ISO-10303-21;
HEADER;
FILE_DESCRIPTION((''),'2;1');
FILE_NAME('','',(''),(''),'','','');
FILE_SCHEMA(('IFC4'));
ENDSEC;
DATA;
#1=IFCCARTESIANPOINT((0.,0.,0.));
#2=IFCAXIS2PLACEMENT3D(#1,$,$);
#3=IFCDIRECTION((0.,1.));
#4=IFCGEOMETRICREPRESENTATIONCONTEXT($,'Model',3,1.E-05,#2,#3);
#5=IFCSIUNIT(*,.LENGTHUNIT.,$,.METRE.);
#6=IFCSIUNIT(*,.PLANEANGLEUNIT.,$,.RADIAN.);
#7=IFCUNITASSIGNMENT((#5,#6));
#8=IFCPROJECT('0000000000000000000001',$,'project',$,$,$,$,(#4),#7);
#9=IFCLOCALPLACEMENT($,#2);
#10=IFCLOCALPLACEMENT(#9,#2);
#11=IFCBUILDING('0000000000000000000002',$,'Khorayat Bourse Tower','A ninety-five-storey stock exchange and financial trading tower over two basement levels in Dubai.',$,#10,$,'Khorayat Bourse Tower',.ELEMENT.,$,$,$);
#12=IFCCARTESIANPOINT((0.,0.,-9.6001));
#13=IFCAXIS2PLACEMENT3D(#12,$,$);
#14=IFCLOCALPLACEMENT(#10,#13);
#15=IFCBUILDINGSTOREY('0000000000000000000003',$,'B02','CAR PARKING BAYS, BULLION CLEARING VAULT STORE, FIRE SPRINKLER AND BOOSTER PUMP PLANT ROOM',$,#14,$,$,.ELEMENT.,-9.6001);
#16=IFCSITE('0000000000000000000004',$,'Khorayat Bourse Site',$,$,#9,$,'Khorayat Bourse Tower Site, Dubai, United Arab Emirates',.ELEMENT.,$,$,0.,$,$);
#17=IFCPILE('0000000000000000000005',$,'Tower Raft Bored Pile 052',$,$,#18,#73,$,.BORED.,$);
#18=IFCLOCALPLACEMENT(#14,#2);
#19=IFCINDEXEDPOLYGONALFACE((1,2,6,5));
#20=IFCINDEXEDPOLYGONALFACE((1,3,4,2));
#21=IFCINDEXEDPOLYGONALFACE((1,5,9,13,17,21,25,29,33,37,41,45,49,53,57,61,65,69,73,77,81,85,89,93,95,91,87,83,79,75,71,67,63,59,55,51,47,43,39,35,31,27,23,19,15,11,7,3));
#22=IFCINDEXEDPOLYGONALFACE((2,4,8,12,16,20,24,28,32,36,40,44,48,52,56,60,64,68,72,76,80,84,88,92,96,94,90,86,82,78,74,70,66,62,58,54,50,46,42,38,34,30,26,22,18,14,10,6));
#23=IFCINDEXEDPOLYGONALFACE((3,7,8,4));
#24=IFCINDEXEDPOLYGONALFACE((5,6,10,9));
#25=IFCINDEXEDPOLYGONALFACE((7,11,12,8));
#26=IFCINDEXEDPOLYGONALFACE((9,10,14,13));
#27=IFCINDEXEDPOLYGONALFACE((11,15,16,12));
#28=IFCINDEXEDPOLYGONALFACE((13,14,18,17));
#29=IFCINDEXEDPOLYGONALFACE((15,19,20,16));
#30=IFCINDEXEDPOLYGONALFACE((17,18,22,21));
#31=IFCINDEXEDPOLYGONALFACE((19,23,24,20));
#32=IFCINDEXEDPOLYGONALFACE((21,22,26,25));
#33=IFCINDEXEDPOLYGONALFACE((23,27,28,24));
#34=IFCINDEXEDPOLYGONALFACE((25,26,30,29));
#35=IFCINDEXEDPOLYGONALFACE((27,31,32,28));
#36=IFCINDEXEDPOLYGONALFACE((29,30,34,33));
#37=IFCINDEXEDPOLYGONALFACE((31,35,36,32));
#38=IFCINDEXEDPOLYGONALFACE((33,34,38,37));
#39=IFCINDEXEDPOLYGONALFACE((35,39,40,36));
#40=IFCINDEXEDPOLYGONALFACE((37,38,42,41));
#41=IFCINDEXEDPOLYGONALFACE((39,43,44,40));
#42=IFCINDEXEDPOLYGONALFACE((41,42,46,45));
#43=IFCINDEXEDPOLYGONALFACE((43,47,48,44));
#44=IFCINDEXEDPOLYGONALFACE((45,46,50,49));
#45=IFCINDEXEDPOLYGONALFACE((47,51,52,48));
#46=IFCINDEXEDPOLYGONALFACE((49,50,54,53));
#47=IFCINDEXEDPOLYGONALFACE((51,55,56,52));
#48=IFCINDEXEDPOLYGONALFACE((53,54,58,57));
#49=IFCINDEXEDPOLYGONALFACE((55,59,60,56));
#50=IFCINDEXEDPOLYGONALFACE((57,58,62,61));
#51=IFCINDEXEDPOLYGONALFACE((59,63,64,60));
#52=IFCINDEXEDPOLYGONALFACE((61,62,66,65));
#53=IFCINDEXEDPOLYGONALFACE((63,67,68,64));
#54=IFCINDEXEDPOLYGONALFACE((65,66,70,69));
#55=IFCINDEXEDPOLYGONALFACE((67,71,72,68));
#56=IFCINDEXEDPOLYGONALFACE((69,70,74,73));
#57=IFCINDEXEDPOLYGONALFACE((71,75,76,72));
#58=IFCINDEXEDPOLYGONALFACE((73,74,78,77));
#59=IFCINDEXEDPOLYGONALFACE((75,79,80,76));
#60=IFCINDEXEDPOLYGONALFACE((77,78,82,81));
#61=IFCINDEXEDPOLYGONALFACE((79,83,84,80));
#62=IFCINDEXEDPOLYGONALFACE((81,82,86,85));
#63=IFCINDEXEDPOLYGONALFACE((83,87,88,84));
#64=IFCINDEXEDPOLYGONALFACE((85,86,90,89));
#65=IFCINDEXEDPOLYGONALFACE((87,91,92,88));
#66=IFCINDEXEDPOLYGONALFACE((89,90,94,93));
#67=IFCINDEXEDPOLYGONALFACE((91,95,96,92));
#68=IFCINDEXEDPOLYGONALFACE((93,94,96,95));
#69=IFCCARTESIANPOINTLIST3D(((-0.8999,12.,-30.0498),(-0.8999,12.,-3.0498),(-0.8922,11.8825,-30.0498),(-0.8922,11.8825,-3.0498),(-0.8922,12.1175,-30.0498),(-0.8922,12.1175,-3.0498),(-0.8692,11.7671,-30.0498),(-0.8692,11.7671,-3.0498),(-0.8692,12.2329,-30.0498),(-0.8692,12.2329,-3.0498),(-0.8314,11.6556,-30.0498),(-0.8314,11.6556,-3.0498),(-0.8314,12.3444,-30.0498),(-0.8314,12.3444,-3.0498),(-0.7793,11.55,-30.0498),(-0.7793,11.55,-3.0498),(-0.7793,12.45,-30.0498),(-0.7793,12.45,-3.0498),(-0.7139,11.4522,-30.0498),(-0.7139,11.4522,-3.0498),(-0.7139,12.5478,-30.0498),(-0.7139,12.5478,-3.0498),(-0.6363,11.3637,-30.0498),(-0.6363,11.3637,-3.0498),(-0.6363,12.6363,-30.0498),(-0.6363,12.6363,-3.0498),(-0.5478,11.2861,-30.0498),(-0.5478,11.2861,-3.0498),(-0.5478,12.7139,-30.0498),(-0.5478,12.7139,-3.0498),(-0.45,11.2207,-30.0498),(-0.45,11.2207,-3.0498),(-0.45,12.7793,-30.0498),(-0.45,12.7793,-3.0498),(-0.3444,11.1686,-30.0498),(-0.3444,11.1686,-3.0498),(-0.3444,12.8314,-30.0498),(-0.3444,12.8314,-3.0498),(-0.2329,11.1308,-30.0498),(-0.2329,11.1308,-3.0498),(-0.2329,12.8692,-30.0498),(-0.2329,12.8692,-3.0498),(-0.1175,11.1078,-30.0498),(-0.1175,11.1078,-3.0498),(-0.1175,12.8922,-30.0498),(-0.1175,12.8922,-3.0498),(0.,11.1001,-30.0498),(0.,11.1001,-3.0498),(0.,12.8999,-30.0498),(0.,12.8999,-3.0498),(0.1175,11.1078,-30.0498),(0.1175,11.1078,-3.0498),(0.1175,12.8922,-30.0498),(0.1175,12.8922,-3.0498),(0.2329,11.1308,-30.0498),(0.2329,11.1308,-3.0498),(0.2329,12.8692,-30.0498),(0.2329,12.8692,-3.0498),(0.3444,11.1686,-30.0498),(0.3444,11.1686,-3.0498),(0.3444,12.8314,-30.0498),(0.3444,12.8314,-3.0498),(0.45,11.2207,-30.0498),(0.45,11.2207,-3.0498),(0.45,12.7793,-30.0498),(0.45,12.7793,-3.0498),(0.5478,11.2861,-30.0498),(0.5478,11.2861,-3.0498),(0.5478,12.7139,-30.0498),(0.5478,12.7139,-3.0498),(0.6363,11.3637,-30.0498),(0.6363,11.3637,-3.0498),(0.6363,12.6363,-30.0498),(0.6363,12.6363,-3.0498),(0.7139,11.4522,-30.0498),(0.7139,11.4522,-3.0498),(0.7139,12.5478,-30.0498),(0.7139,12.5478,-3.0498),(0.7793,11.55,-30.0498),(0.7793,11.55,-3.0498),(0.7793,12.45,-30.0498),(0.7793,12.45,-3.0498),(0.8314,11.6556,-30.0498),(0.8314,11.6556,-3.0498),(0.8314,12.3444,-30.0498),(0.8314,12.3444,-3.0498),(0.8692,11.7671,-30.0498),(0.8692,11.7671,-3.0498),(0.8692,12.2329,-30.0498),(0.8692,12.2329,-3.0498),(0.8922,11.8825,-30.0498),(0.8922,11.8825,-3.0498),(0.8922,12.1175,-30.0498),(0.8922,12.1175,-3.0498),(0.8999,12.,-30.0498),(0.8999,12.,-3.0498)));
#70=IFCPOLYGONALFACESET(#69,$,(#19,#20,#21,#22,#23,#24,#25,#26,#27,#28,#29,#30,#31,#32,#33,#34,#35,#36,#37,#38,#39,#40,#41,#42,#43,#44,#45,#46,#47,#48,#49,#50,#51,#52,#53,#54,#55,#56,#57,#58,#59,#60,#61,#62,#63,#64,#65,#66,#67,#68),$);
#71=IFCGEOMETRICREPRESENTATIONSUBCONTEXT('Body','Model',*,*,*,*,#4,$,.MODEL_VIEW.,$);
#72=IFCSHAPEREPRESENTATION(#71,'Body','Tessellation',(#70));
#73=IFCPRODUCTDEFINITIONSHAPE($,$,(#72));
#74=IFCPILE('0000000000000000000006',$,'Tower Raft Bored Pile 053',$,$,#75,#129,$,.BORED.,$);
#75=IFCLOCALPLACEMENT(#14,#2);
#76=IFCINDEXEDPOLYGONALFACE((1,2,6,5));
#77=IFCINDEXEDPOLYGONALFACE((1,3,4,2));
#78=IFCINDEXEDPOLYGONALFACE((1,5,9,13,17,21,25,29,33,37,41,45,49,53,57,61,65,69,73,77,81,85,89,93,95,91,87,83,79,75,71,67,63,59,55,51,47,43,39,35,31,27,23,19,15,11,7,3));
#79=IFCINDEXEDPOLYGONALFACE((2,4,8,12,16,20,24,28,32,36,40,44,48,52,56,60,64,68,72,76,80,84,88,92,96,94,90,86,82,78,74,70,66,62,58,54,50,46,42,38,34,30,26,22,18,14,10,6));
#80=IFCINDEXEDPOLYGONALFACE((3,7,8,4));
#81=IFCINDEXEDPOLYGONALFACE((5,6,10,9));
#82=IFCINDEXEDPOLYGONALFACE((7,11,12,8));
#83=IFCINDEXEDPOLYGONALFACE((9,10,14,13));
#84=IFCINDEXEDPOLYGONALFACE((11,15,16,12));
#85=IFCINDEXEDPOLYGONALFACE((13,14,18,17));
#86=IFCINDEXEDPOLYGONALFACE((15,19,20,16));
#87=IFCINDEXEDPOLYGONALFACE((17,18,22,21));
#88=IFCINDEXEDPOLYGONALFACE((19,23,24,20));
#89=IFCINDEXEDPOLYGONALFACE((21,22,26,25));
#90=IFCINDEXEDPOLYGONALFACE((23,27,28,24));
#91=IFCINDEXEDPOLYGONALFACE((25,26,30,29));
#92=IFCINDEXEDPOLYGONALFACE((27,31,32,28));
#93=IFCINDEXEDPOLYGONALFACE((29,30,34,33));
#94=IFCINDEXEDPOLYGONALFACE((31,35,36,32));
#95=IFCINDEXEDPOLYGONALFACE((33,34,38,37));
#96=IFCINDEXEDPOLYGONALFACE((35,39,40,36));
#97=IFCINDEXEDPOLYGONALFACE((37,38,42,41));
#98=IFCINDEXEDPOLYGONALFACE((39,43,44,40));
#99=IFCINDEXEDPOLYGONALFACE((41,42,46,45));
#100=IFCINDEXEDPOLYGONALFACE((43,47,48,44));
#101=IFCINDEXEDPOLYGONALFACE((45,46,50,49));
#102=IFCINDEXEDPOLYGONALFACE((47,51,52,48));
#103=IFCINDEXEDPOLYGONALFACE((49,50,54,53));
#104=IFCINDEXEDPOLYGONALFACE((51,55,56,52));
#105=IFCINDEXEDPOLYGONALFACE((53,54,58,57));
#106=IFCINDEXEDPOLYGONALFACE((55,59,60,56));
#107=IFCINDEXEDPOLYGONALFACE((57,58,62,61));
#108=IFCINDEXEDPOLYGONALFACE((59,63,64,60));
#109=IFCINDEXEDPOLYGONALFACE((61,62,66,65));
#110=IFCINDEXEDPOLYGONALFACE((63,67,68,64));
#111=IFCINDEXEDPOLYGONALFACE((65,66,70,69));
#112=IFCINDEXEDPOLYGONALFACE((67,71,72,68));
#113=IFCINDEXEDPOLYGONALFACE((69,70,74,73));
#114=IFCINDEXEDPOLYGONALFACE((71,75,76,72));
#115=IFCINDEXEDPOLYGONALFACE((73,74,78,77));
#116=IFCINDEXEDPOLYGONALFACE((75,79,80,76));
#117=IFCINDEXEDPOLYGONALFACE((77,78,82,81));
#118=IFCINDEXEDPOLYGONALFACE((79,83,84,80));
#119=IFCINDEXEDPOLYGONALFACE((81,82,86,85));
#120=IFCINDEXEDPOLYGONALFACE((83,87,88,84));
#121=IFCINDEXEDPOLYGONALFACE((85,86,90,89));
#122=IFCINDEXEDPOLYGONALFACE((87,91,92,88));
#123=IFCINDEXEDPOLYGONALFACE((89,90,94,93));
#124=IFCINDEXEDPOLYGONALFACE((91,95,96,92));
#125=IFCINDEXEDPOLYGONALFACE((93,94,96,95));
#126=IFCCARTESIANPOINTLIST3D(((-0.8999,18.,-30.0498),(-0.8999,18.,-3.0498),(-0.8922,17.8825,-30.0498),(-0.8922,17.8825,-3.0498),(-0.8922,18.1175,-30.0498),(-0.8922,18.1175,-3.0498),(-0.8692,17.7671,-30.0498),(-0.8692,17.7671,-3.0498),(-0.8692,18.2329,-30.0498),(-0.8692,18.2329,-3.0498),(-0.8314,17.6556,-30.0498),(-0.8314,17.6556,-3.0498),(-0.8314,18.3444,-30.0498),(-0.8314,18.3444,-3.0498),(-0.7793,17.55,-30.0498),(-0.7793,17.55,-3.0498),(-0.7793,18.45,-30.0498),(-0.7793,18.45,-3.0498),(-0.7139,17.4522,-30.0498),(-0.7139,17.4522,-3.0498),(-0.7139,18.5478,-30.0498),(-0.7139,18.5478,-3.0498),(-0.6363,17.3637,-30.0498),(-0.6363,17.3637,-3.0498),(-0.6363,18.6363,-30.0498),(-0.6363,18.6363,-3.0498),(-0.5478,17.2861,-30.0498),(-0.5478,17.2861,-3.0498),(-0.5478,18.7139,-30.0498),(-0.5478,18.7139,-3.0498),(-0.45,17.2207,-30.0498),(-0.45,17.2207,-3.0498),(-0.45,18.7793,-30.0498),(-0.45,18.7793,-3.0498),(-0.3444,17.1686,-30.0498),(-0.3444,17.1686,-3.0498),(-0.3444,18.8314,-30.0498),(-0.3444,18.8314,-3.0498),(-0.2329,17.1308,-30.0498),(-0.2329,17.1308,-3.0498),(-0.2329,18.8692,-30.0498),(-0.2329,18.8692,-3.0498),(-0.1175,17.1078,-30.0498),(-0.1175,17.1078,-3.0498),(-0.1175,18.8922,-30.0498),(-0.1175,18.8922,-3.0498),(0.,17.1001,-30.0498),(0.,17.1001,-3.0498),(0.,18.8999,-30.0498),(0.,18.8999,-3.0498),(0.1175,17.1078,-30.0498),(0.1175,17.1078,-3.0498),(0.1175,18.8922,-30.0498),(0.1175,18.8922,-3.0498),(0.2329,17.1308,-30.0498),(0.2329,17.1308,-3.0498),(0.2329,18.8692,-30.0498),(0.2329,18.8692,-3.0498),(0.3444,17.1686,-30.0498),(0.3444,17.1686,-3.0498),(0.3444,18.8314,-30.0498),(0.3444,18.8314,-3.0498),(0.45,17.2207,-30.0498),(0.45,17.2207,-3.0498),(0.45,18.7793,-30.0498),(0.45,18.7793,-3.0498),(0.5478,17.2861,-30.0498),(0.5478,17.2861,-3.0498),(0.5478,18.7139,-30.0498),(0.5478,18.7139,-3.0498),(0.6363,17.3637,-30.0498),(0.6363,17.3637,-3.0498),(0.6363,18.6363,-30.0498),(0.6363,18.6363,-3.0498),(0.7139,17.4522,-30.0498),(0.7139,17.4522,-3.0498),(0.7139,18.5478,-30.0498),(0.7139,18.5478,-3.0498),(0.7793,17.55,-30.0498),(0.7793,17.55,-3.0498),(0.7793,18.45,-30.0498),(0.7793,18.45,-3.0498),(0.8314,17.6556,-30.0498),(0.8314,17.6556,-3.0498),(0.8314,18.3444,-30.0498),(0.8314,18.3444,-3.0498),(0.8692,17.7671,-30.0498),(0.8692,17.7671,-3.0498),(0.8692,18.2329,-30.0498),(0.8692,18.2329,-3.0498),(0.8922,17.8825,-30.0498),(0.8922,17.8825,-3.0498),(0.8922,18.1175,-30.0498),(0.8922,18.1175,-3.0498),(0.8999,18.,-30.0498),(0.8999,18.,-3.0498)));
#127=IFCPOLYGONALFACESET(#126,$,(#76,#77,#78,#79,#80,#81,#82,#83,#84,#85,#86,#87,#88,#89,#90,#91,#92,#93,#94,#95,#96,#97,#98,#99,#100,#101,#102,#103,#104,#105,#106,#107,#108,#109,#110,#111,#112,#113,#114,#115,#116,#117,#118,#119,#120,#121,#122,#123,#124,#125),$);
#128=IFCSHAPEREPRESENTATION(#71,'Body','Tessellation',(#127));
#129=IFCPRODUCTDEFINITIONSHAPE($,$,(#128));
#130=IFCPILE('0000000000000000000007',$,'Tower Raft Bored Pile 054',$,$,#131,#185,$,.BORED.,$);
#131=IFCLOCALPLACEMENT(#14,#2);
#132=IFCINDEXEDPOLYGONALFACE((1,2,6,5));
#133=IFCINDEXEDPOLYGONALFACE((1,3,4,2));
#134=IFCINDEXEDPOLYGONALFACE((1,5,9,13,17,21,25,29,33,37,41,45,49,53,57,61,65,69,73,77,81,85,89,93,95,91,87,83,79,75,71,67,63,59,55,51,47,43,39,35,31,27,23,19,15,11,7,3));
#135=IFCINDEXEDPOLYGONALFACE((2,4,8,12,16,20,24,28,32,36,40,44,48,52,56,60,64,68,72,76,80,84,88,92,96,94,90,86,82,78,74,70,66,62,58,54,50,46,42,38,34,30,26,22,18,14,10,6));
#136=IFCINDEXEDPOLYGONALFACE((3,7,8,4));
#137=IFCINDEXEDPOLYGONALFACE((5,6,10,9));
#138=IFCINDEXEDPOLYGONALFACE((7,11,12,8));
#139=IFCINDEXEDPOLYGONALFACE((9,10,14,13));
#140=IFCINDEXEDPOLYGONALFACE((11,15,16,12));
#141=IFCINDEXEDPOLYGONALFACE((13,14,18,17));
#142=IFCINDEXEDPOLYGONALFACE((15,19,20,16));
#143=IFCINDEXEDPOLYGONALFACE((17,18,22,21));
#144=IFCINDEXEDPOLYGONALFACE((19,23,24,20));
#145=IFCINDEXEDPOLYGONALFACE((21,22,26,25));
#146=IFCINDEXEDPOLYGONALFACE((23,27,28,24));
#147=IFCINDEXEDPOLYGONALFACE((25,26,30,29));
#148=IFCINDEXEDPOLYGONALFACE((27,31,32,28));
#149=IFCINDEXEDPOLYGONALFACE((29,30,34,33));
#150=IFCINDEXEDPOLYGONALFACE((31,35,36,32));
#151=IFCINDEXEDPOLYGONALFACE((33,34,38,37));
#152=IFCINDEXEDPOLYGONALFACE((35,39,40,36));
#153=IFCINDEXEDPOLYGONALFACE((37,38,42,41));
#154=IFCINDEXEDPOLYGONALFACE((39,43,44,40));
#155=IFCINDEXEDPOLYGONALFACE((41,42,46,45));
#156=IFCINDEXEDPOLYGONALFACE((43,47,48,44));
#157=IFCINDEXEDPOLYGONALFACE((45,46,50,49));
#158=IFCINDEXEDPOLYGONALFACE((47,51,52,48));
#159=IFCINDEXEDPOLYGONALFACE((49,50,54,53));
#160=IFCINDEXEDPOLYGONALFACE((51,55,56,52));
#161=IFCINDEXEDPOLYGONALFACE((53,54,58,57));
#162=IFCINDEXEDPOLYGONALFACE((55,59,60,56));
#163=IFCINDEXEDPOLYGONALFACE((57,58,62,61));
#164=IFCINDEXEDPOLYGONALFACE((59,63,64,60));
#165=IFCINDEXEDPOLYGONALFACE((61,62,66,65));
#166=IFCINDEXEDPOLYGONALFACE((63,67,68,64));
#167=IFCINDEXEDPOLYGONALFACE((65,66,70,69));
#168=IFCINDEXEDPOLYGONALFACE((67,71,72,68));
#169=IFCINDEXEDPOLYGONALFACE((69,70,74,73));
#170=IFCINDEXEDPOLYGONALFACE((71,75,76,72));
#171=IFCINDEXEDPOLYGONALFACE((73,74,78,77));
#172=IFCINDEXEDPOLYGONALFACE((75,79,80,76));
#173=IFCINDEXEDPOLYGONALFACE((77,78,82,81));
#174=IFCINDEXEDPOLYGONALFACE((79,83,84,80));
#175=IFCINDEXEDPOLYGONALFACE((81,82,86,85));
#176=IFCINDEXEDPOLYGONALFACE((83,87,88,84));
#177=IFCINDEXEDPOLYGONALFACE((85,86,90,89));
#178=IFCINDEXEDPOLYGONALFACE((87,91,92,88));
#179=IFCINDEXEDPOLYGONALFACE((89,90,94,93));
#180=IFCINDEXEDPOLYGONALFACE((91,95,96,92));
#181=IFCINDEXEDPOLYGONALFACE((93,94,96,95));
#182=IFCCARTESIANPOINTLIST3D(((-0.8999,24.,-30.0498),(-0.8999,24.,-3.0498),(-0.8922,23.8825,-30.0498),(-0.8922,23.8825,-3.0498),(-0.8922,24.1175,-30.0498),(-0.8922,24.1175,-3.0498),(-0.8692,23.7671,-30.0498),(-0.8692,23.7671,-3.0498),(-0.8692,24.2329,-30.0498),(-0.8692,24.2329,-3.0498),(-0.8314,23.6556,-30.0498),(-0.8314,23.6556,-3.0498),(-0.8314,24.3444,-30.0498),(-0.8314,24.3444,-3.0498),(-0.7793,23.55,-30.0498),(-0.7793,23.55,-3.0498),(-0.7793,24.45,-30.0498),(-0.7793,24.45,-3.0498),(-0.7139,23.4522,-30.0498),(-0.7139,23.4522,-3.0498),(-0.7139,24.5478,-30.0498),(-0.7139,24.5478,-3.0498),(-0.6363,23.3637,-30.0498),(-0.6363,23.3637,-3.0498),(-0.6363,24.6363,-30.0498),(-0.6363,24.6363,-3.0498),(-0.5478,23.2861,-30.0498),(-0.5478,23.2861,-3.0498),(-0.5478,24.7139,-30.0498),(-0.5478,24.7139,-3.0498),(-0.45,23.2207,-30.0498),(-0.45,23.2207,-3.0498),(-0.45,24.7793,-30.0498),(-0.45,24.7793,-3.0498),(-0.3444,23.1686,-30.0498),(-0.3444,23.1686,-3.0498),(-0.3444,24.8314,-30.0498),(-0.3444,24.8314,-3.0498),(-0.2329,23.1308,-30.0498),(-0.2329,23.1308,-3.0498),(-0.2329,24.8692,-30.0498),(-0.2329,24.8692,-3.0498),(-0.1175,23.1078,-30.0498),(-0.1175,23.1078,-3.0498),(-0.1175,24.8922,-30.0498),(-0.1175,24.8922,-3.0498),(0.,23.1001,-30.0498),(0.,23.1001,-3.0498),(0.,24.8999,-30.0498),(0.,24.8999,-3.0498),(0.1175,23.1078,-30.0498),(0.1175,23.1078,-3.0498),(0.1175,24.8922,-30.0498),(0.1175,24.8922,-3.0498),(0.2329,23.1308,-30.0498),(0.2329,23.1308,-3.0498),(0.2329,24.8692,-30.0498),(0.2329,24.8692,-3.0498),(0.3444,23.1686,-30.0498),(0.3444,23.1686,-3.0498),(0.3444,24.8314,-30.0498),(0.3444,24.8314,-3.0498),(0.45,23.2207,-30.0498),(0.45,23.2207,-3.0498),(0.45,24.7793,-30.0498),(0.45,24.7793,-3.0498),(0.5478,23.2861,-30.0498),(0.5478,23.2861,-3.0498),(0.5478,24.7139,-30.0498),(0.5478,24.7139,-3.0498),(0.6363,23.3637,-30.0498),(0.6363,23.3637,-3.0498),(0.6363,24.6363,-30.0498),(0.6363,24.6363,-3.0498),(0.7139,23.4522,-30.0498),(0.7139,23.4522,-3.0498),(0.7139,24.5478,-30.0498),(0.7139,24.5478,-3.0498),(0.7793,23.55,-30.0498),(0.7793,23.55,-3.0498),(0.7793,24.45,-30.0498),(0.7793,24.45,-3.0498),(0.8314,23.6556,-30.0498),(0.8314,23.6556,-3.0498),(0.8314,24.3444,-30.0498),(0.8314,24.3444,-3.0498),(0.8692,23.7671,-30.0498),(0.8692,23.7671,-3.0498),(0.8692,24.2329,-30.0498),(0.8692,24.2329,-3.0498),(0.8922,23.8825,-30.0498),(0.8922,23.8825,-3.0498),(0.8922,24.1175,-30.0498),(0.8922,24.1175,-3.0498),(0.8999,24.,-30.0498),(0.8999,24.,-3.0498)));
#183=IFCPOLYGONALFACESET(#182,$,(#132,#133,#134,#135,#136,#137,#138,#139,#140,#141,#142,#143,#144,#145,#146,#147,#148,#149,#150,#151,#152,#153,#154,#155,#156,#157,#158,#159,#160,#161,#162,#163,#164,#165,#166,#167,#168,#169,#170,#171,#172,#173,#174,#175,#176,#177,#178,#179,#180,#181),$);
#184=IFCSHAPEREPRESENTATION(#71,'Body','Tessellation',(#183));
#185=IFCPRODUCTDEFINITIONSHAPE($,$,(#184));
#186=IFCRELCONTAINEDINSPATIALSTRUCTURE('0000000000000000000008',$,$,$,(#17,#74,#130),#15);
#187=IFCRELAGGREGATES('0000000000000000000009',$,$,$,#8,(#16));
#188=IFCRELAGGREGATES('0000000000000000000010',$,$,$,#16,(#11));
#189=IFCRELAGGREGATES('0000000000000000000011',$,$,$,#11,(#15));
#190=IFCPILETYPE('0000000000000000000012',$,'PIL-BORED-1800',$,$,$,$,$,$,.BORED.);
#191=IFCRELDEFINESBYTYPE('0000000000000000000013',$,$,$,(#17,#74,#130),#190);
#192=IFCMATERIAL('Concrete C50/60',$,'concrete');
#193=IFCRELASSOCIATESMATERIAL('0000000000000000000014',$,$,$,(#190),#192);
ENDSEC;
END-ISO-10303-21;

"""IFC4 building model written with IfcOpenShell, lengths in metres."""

from ifc_helpers import new_model, si_unit, direction, frame, origin, origin_2d, place, context, subcontext, project, spatial, circle, extrude, source, transform, mapped, material, material_profile, profile_set, type_object, element, save


model = new_model("IFC4")

# Units and contexts
model_context = context("Model", 3, precision=1e-05, world=origin(), true_north=direction((0.0, 1.0)))
body_context = subcontext(model_context, "Body", "Model", "MODEL_VIEW")
ifc_project = project(units=[si_unit("LENGTHUNIT", "METRE"), si_unit("PLANEANGLEUNIT", "RADIAN")], contexts=[model_context])

# Site, building, storey
site_placement = place(None, origin())
site = spatial("IfcSite", under=ifc_project, at=site_placement, Name="Khorayat Bourse Site", LongName="Khorayat Bourse Tower Site, Dubai, United Arab Emirates", CompositionType="ELEMENT", RefElevation=0.0)
building_placement = place(site_placement, origin())
building = spatial("IfcBuilding", under=site, at=building_placement, Name="Khorayat Bourse Tower", Description="A ninety-five-storey stock exchange and financial trading tower over two basement levels in Dubai.", LongName="Khorayat Bourse Tower", CompositionType="ELEMENT")
storey_placement = place(building_placement, frame((0.0, 0.0, -9.6001)))
storey = spatial("IfcBuildingStorey", under=building, at=storey_placement, Name="B02", Description="CAR PARKING BAYS, BULLION CLEARING VAULT STORE, FIRE SPRINKLER AND BOOSTER PUMP PLANT ROOM", CompositionType="ELEMENT", Elevation=-9.6001)

# Piles
ifc_material_1 = material(Name="Concrete C50/60", Category="concrete")
ifc_material_profile_1 = material_profile(ifc_material_1, circle(Radius=0.8999, at=origin_2d()), Name="BORED PILE D1800")
ifc_profile_set_1 = profile_set([ifc_material_profile_1], Name="Concrete C50/60")
pile_type_1 = type_object("IfcPileType", Name="PIL-BORED-1800", PredefinedType="BORED", material=ifc_profile_set_1)
shared_shape_1 = source(origin(), body_context, "Body", "SweptSolid", [
    extrude(circle(Radius=0.8999, at=origin_2d()), origin(), (0.0, 0.0, 1.0), 27.0),
])
for number, where, z_axis, x_axis, name in (
    (1, (0.0, 12.0, -3.0498), (0.0, 0.0, -1.0), (1.0, 0.0, 0.0), "Tower Raft Bored Pile 052"),
    (2, (0.0, 18.0, -3.0498), (0.0, 0.0, -1.0), (1.0, 0.0, 0.0), "Tower Raft Bored Pile 053"),
    (3, (0.0, 24.0, -3.0498), (0.0, 0.0, -1.0), (1.0, 0.0, 0.0), "Tower Raft Bored Pile 054"),
):
    element("IfcPile", number, at=place(storey_placement, frame(where, z_axis=z_axis, x_axis=x_axis)), inside=storey, type_object=pile_type_1, Name=name, PredefinedType="BORED", context=body_context, shape_type="MappedRepresentation", body=[
        mapped(shared_shape_1, transform((0.0, 0.0, 0.0), scale=1.0)),
    ])

save(model, "model.ifc")
